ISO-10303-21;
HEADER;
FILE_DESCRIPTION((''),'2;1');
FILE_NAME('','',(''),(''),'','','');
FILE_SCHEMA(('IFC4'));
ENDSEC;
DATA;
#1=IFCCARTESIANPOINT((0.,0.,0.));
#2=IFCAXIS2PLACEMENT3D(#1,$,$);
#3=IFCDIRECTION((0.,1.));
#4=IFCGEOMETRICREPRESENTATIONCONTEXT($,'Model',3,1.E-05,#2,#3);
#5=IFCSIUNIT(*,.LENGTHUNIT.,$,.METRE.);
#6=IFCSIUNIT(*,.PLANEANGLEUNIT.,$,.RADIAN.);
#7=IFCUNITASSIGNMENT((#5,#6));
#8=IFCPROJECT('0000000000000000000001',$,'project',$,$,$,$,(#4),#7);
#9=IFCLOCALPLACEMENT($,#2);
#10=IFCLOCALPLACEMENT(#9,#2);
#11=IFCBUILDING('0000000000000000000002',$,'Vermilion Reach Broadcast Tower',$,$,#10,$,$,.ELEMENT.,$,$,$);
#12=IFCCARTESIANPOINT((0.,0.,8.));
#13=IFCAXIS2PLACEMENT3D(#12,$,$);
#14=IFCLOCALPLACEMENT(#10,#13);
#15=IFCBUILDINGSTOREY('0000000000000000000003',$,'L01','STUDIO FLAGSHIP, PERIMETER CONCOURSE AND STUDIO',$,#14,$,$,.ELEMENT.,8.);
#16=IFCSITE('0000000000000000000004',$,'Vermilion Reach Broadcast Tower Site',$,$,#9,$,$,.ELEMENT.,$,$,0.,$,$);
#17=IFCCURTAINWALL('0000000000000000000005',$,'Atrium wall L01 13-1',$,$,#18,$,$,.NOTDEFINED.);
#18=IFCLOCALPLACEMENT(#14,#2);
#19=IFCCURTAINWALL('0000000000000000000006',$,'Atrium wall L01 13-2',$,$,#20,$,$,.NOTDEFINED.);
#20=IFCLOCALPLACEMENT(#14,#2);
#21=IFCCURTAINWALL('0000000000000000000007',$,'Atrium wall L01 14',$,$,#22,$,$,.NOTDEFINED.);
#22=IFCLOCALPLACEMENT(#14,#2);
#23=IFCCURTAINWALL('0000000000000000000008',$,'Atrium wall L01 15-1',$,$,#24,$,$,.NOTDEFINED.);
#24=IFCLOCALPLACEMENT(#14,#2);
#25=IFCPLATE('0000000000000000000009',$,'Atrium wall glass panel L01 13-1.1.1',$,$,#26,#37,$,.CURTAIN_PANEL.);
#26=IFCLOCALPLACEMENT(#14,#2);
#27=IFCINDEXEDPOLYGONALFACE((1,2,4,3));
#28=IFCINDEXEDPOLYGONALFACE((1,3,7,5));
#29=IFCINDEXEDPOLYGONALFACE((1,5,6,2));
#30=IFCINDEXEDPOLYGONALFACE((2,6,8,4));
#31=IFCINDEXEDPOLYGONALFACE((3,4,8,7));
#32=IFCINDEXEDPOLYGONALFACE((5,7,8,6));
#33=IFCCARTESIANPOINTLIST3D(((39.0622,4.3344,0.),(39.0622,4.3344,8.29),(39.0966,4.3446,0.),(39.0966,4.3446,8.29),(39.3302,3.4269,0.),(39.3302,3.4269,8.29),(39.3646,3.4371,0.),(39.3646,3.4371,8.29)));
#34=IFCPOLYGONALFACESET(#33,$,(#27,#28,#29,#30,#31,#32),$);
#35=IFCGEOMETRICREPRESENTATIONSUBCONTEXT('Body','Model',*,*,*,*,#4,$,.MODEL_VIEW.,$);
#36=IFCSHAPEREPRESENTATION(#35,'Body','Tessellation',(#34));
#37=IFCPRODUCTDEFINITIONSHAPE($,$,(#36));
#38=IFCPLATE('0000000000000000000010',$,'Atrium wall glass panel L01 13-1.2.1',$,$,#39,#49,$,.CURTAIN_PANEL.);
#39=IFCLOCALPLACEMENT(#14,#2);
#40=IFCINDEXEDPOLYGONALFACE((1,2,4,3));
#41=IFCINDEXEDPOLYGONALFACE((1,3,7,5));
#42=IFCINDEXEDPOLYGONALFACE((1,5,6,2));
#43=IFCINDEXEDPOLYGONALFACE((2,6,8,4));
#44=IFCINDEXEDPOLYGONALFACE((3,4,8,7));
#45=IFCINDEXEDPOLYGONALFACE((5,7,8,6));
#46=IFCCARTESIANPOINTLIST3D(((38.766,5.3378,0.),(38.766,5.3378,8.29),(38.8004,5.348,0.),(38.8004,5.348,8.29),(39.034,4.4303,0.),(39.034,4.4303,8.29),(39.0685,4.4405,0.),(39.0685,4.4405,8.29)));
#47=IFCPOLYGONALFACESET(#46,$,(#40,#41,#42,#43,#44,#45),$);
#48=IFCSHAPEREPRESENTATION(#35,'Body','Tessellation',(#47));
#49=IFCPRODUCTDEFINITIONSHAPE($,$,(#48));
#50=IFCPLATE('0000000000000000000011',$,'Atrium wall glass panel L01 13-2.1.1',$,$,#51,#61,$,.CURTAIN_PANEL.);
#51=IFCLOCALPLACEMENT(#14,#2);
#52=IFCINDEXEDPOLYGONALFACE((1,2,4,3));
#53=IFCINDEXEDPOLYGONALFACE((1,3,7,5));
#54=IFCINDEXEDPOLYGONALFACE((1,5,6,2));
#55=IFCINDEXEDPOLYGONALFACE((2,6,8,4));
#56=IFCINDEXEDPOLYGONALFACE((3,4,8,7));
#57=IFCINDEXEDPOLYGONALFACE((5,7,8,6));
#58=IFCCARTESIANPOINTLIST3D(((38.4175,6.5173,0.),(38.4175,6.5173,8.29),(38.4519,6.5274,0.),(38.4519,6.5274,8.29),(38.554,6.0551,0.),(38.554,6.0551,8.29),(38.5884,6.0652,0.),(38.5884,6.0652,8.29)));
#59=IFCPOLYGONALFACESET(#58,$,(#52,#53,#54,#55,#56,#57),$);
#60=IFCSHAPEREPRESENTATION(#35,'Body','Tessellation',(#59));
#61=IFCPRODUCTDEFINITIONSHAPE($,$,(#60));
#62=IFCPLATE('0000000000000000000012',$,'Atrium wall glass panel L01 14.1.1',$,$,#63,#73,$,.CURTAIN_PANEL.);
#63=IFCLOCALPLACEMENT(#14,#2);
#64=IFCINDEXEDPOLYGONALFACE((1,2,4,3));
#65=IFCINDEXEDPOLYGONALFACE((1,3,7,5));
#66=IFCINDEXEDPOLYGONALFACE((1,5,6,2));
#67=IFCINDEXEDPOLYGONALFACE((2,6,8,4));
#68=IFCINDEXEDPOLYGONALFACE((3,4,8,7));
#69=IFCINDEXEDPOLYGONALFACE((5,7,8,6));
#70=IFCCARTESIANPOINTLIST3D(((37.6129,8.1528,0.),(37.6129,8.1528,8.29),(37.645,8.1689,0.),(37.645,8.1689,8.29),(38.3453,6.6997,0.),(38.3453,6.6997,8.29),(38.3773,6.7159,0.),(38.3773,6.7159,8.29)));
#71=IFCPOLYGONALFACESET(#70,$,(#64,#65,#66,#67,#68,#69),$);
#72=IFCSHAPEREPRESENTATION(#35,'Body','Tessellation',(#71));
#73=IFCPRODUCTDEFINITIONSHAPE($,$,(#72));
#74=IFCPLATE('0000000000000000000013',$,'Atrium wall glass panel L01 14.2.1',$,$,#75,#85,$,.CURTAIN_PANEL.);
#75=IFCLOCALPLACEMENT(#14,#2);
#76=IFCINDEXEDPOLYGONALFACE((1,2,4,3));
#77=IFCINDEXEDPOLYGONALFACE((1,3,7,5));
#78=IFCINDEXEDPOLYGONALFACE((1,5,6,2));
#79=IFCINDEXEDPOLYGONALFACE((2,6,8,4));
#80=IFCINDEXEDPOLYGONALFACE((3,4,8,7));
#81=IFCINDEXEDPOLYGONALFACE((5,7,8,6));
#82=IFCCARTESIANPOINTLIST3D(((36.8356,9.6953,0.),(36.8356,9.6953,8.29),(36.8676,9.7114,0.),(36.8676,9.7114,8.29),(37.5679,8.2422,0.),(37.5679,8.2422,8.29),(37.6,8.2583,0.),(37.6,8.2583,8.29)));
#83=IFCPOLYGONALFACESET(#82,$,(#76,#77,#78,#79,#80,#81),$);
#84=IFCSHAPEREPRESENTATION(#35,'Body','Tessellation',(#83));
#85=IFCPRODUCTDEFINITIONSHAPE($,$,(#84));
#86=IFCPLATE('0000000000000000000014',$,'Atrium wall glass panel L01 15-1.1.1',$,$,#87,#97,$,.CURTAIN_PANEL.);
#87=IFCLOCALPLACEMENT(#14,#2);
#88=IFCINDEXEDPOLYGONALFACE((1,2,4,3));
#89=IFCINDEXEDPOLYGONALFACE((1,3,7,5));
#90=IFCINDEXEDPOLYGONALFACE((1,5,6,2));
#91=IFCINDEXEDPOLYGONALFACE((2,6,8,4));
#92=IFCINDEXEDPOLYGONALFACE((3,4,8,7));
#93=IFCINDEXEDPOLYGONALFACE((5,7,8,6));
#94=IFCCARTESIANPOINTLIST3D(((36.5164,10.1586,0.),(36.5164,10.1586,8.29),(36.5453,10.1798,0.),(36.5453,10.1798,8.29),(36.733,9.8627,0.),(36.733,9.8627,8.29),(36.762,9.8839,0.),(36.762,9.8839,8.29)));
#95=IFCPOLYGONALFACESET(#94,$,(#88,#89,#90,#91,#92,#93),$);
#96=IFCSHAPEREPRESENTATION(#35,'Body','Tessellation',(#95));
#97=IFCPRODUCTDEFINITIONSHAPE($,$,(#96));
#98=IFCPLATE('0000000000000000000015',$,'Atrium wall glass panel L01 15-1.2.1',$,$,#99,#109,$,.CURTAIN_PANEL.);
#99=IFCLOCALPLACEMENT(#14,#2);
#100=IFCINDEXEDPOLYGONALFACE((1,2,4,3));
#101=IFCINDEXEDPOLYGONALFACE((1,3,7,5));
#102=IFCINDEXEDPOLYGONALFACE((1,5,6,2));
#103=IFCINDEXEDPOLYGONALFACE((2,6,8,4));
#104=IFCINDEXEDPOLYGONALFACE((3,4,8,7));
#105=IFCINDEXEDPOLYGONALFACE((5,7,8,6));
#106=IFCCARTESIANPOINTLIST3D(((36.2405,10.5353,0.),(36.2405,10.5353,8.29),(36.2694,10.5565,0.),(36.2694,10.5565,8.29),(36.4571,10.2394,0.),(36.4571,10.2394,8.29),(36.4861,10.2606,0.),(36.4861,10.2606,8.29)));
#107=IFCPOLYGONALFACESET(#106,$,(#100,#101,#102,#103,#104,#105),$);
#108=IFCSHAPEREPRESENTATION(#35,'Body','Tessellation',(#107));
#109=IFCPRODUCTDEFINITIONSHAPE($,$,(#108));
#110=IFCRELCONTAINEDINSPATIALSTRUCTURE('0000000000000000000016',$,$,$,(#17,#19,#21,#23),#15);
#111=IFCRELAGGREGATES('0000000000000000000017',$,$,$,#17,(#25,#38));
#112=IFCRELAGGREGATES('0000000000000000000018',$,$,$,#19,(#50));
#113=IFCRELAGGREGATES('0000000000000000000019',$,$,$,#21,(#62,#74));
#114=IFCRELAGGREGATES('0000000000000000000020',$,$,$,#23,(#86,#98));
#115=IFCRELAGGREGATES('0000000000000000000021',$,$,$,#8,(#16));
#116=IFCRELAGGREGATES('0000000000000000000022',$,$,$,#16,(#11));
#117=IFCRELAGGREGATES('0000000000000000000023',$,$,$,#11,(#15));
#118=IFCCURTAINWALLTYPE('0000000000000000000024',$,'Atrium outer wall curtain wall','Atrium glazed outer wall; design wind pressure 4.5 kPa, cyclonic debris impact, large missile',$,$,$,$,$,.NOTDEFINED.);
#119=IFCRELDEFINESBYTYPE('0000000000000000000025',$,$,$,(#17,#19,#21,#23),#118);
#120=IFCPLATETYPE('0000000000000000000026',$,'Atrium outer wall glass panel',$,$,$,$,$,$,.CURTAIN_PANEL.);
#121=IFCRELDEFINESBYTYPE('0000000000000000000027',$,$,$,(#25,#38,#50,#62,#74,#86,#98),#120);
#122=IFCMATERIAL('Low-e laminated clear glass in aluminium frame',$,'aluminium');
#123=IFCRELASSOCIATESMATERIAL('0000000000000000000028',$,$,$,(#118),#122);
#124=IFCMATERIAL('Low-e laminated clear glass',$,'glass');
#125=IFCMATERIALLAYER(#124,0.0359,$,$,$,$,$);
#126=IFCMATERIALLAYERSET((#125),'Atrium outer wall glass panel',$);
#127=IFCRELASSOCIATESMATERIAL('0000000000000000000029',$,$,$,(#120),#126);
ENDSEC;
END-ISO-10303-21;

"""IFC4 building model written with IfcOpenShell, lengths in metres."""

from ifc_helpers import new_model, si_unit, direction, frame, origin, origin_2d, place, context, subcontext, project, spatial, rectangle, extrude, material, layer, layer_set, type_object, element, aggregate, save


model = new_model("IFC4")

# Units and contexts
model_context = context("Model", 3, precision=1e-05, world=origin(), true_north=direction((0.0, 1.0)))
body_context = subcontext(model_context, "Body", "Model", "MODEL_VIEW")
ifc_project = project(units=[si_unit("LENGTHUNIT", "METRE"), si_unit("PLANEANGLEUNIT", "RADIAN")], contexts=[model_context])

# Site, building, storey
site_placement = place(None, origin())
site = spatial("IfcSite", under=ifc_project, at=site_placement, Name="Vermilion Reach Broadcast Tower Site", CompositionType="ELEMENT", RefElevation=0.0)
building_placement = place(site_placement, origin())
building = spatial("IfcBuilding", under=site, at=building_placement, Name="Vermilion Reach Broadcast Tower", CompositionType="ELEMENT")
storey_placement = place(building_placement, frame((0.0, 0.0, 8.0)))
storey = spatial("IfcBuildingStorey", under=building, at=storey_placement, Name="L01", Description="STUDIO FLAGSHIP, PERIMETER CONCOURSE AND STUDIO", CompositionType="ELEMENT", Elevation=8.0)

# Curtain walls
ifc_material_1 = material(Name="Low-e laminated clear glass in aluminium frame", Category="aluminium")
curtain_wall_type = type_object("IfcCurtainWallType", Name="Atrium outer wall curtain wall", Description="Atrium glazed outer wall; design wind pressure 4.5 kPa, cyclonic debris impact, large missile", PredefinedType="NOTDEFINED", material=ifc_material_1)
placement = place(storey_placement, origin())
curtain_wall_1 = element("IfcCurtainWall", 1, at=placement, inside=storey, type_object=curtain_wall_type, Name="Atrium wall L01 13-1", PredefinedType="NOTDEFINED")
curtain_wall_2 = element("IfcCurtainWall", 2, at=placement, inside=storey, type_object=curtain_wall_type, Name="Atrium wall L01 13-2", PredefinedType="NOTDEFINED")
curtain_wall_3 = element("IfcCurtainWall", 3, at=placement, inside=storey, type_object=curtain_wall_type, Name="Atrium wall L01 14", PredefinedType="NOTDEFINED")
curtain_wall_4 = element("IfcCurtainWall", 4, at=placement, inside=storey, type_object=curtain_wall_type, Name="Atrium wall L01 15-1", PredefinedType="NOTDEFINED")

# Plates
ifc_material_2 = material(Name="Low-e laminated clear glass", Category="glass")
ifc_layer = layer(ifc_material_2, 0.0359)
ifc_layer_set = layer_set([ifc_layer], Name="Atrium outer wall glass panel")
plate_type = type_object("IfcPlateType", Name="Atrium outer wall glass panel", PredefinedType="CURTAIN_PANEL", material=ifc_layer_set)
plate_1_placement = place(storey_placement, frame((39.2134, 3.8857, 0.0), z_axis=(0.0, 0.0, 1.0), x_axis=(-0.283245, 0.959048, 0.0)))
plate_1 = element("IfcPlate", 5, at=plate_1_placement, type_object=plate_type, Name="Atrium wall glass panel L01 13-1.1.1", PredefinedType="CURTAIN_PANEL", context=body_context, shape_type="SweptSolid", body=[
    extrude(rectangle(XDim=0.9463, YDim=0.0359, at=origin_2d()), origin(), (0.0, 0.0, 1.0), 8.29),
])
plate_2_placement = place(storey_placement, frame((38.9172, 4.8892, 0.0), z_axis=(0.0, 0.0, 1.0), x_axis=(-0.283245, 0.959048, 0.0)))
plate_2 = element("IfcPlate", 6, at=plate_2_placement, type_object=plate_type, Name="Atrium wall glass panel L01 13-1.2.1", PredefinedType="CURTAIN_PANEL", context=body_context, shape_type="SweptSolid", body=[
    extrude(rectangle(XDim=0.9463, YDim=0.0359, at=origin_2d()), origin(), (0.0, 0.0, 1.0), 8.29),
])
aggregate(curtain_wall_1, [plate_1, plate_2])
plate_3_placement = place(storey_placement, frame((38.5029, 6.2913, 0.0), z_axis=(0.0, 0.0, 1.0), x_axis=(-0.283245, 0.959048, 0.0)))
plate_3 = element("IfcPlate", 7, at=plate_3_placement, type_object=plate_type, Name="Atrium wall glass panel L01 13-2.1.1", PredefinedType="CURTAIN_PANEL", context=body_context, shape_type="SweptSolid", body=[
    extrude(rectangle(XDim=0.4819, YDim=0.0359, at=origin_2d()), origin(), (0.0, 0.0, 1.0), 8.29),
])
aggregate(curtain_wall_2, [plate_3])
plate_4_placement = place(storey_placement, frame((37.9951, 7.4343, 0.0), z_axis=(0.0, 0.0, 1.0), x_axis=(-0.450072, 0.892992, 0.0)))
plate_4 = element("IfcPlate", 8, at=plate_4_placement, type_object=plate_type, Name="Atrium wall glass panel L01 14.1.1", PredefinedType="CURTAIN_PANEL", context=body_context, shape_type="SweptSolid", body=[
    extrude(rectangle(XDim=1.6272, YDim=0.0359, at=origin_2d()), origin(), (0.0, 0.0, 1.0), 8.29),
])
plate_5_placement = place(storey_placement, frame((37.2178, 8.9768, 0.0), z_axis=(0.0, 0.0, 1.0), x_axis=(-0.450072, 0.892992, 0.0)))
plate_5 = element("IfcPlate", 9, at=plate_5_placement, type_object=plate_type, Name="Atrium wall glass panel L01 14.2.1", PredefinedType="CURTAIN_PANEL", context=body_context, shape_type="SweptSolid", body=[
    extrude(rectangle(XDim=1.6272, YDim=0.0359, at=origin_2d()), origin(), (0.0, 0.0, 1.0), 8.29),
])
aggregate(curtain_wall_3, [plate_4, plate_5])
plate_6_placement = place(storey_placement, frame((36.6392, 10.0212, 0.0), z_axis=(0.0, 0.0, 1.0), x_axis=(-0.59076, 0.806847, 0.0)))
plate_6 = element("IfcPlate", 10, at=plate_6_placement, type_object=plate_type, Name="Atrium wall glass panel L01 15-1.1.1", PredefinedType="CURTAIN_PANEL", context=body_context, shape_type="SweptSolid", body=[
    extrude(rectangle(XDim=0.3667, YDim=0.0359, at=origin_2d()), origin(), (0.0, 0.0, 1.0), 8.29),
])
plate_7_placement = place(storey_placement, frame((36.3633, 10.3979, 0.0), z_axis=(0.0, 0.0, 1.0), x_axis=(-0.59076, 0.806847, 0.0)))
plate_7 = element("IfcPlate", 11, at=plate_7_placement, type_object=plate_type, Name="Atrium wall glass panel L01 15-1.2.1", PredefinedType="CURTAIN_PANEL", context=body_context, shape_type="SweptSolid", body=[
    extrude(rectangle(XDim=0.3667, YDim=0.0359, at=origin_2d()), origin(), (0.0, 0.0, 1.0), 8.29),
])
aggregate(curtain_wall_4, [plate_6, plate_7])

save(model, "model.ifc")
